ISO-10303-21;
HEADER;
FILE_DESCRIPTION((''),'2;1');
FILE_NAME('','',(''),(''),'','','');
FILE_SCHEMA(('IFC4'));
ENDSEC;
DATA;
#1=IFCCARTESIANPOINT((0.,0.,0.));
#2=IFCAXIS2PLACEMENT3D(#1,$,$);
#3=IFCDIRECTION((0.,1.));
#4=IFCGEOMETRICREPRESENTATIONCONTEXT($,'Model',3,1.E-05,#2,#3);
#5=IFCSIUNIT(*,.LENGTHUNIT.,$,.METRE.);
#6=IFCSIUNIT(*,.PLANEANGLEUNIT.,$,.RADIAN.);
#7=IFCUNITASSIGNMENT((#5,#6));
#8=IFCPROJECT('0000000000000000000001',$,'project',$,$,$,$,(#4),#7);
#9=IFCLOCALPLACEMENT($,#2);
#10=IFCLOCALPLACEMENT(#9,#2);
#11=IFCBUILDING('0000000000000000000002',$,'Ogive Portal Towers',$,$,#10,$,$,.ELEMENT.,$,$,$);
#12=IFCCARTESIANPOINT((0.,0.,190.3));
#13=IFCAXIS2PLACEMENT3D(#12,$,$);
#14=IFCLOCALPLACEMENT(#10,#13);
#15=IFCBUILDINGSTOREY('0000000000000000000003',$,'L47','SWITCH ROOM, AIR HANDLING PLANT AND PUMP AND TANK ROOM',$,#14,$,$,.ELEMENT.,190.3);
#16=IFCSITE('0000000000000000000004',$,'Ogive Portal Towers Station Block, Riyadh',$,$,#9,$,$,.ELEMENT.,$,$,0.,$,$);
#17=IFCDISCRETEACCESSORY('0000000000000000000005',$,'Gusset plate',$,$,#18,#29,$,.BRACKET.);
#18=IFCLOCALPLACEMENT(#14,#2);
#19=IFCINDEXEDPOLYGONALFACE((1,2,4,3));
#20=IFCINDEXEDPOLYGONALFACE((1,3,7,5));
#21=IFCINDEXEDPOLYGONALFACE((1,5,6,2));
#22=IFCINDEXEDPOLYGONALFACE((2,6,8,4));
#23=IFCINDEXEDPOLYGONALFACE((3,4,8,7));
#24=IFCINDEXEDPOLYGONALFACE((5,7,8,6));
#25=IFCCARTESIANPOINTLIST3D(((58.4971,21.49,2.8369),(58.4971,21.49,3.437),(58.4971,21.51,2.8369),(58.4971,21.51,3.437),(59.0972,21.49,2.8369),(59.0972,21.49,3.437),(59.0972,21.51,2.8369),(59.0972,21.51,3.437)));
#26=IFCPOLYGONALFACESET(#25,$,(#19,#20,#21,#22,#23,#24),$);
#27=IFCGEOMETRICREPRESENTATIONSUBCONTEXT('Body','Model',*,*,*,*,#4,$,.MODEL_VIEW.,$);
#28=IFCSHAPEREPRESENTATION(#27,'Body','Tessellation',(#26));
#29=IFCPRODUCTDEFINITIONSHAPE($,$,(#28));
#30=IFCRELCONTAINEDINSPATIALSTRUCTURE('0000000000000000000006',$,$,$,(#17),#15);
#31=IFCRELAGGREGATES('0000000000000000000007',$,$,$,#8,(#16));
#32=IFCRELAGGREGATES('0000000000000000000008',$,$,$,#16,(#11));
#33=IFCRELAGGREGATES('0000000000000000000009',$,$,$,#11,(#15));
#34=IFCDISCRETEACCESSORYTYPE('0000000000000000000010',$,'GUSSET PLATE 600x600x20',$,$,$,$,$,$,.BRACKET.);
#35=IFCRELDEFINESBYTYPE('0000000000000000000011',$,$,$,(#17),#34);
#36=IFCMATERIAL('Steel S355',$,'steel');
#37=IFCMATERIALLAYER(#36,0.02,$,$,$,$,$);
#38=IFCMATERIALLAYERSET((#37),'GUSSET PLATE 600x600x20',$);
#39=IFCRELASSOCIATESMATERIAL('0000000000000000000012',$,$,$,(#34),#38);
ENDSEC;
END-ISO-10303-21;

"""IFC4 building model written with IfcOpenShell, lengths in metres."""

from ifc_helpers import new_model, si_unit, direction, frame, origin, origin_2d, place, context, subcontext, project, spatial, rectangle, extrude, material, layer, layer_set, type_object, element, save


model = new_model("IFC4")

# Units and contexts
model_context = context("Model", 3, precision=1e-05, world=origin(), true_north=direction((0.0, 1.0)))
body_context = subcontext(model_context, "Body", "Model", "MODEL_VIEW")
ifc_project = project(units=[si_unit("LENGTHUNIT", "METRE"), si_unit("PLANEANGLEUNIT", "RADIAN")], contexts=[model_context])

# Site, building, storey
site_placement = place(None, origin())
site = spatial("IfcSite", under=ifc_project, at=site_placement, Name="Ogive Portal Towers Station Block, Riyadh", CompositionType="ELEMENT", RefElevation=0.0)
building_placement = place(site_placement, origin())
building = spatial("IfcBuilding", under=site, at=building_placement, Name="Ogive Portal Towers", CompositionType="ELEMENT")
storey_placement = place(building_placement, frame((0.0, 0.0, 190.3)))
storey = spatial("IfcBuildingStorey", under=building, at=storey_placement, Name="L47", Description="SWITCH ROOM, AIR HANDLING PLANT AND PUMP AND TANK ROOM", CompositionType="ELEMENT", Elevation=190.3)

# Shared definitions
ifc_material_1 = material(Name="Steel S355", Category="steel")

# Discrete accessory
ifc_layer_1 = layer(ifc_material_1, 0.02)
ifc_layer_set_1 = layer_set([ifc_layer_1], Name="GUSSET PLATE 600x600x20")
discrete_accessory_type = type_object("IfcDiscreteAccessoryType", Name="GUSSET PLATE 600x600x20", PredefinedType="BRACKET", material=ifc_layer_set_1)
discrete_accessory_placement = place(storey_placement, frame((58.7971, 21.5, 2.8369), z_axis=(0.0, 0.0, 1.0), x_axis=(1.0, 0.0, 0.0)))
element("IfcDiscreteAccessory", 1, at=discrete_accessory_placement, inside=storey, type_object=discrete_accessory_type, Name="Gusset plate", PredefinedType="BRACKET", context=body_context, shape_type="SweptSolid", body=[
    extrude(rectangle(XDim=0.6001, YDim=0.02, at=origin_2d()), origin(), (0.0, 0.0, 1.0), 0.6001),
])

save(model, "model.ifc")
